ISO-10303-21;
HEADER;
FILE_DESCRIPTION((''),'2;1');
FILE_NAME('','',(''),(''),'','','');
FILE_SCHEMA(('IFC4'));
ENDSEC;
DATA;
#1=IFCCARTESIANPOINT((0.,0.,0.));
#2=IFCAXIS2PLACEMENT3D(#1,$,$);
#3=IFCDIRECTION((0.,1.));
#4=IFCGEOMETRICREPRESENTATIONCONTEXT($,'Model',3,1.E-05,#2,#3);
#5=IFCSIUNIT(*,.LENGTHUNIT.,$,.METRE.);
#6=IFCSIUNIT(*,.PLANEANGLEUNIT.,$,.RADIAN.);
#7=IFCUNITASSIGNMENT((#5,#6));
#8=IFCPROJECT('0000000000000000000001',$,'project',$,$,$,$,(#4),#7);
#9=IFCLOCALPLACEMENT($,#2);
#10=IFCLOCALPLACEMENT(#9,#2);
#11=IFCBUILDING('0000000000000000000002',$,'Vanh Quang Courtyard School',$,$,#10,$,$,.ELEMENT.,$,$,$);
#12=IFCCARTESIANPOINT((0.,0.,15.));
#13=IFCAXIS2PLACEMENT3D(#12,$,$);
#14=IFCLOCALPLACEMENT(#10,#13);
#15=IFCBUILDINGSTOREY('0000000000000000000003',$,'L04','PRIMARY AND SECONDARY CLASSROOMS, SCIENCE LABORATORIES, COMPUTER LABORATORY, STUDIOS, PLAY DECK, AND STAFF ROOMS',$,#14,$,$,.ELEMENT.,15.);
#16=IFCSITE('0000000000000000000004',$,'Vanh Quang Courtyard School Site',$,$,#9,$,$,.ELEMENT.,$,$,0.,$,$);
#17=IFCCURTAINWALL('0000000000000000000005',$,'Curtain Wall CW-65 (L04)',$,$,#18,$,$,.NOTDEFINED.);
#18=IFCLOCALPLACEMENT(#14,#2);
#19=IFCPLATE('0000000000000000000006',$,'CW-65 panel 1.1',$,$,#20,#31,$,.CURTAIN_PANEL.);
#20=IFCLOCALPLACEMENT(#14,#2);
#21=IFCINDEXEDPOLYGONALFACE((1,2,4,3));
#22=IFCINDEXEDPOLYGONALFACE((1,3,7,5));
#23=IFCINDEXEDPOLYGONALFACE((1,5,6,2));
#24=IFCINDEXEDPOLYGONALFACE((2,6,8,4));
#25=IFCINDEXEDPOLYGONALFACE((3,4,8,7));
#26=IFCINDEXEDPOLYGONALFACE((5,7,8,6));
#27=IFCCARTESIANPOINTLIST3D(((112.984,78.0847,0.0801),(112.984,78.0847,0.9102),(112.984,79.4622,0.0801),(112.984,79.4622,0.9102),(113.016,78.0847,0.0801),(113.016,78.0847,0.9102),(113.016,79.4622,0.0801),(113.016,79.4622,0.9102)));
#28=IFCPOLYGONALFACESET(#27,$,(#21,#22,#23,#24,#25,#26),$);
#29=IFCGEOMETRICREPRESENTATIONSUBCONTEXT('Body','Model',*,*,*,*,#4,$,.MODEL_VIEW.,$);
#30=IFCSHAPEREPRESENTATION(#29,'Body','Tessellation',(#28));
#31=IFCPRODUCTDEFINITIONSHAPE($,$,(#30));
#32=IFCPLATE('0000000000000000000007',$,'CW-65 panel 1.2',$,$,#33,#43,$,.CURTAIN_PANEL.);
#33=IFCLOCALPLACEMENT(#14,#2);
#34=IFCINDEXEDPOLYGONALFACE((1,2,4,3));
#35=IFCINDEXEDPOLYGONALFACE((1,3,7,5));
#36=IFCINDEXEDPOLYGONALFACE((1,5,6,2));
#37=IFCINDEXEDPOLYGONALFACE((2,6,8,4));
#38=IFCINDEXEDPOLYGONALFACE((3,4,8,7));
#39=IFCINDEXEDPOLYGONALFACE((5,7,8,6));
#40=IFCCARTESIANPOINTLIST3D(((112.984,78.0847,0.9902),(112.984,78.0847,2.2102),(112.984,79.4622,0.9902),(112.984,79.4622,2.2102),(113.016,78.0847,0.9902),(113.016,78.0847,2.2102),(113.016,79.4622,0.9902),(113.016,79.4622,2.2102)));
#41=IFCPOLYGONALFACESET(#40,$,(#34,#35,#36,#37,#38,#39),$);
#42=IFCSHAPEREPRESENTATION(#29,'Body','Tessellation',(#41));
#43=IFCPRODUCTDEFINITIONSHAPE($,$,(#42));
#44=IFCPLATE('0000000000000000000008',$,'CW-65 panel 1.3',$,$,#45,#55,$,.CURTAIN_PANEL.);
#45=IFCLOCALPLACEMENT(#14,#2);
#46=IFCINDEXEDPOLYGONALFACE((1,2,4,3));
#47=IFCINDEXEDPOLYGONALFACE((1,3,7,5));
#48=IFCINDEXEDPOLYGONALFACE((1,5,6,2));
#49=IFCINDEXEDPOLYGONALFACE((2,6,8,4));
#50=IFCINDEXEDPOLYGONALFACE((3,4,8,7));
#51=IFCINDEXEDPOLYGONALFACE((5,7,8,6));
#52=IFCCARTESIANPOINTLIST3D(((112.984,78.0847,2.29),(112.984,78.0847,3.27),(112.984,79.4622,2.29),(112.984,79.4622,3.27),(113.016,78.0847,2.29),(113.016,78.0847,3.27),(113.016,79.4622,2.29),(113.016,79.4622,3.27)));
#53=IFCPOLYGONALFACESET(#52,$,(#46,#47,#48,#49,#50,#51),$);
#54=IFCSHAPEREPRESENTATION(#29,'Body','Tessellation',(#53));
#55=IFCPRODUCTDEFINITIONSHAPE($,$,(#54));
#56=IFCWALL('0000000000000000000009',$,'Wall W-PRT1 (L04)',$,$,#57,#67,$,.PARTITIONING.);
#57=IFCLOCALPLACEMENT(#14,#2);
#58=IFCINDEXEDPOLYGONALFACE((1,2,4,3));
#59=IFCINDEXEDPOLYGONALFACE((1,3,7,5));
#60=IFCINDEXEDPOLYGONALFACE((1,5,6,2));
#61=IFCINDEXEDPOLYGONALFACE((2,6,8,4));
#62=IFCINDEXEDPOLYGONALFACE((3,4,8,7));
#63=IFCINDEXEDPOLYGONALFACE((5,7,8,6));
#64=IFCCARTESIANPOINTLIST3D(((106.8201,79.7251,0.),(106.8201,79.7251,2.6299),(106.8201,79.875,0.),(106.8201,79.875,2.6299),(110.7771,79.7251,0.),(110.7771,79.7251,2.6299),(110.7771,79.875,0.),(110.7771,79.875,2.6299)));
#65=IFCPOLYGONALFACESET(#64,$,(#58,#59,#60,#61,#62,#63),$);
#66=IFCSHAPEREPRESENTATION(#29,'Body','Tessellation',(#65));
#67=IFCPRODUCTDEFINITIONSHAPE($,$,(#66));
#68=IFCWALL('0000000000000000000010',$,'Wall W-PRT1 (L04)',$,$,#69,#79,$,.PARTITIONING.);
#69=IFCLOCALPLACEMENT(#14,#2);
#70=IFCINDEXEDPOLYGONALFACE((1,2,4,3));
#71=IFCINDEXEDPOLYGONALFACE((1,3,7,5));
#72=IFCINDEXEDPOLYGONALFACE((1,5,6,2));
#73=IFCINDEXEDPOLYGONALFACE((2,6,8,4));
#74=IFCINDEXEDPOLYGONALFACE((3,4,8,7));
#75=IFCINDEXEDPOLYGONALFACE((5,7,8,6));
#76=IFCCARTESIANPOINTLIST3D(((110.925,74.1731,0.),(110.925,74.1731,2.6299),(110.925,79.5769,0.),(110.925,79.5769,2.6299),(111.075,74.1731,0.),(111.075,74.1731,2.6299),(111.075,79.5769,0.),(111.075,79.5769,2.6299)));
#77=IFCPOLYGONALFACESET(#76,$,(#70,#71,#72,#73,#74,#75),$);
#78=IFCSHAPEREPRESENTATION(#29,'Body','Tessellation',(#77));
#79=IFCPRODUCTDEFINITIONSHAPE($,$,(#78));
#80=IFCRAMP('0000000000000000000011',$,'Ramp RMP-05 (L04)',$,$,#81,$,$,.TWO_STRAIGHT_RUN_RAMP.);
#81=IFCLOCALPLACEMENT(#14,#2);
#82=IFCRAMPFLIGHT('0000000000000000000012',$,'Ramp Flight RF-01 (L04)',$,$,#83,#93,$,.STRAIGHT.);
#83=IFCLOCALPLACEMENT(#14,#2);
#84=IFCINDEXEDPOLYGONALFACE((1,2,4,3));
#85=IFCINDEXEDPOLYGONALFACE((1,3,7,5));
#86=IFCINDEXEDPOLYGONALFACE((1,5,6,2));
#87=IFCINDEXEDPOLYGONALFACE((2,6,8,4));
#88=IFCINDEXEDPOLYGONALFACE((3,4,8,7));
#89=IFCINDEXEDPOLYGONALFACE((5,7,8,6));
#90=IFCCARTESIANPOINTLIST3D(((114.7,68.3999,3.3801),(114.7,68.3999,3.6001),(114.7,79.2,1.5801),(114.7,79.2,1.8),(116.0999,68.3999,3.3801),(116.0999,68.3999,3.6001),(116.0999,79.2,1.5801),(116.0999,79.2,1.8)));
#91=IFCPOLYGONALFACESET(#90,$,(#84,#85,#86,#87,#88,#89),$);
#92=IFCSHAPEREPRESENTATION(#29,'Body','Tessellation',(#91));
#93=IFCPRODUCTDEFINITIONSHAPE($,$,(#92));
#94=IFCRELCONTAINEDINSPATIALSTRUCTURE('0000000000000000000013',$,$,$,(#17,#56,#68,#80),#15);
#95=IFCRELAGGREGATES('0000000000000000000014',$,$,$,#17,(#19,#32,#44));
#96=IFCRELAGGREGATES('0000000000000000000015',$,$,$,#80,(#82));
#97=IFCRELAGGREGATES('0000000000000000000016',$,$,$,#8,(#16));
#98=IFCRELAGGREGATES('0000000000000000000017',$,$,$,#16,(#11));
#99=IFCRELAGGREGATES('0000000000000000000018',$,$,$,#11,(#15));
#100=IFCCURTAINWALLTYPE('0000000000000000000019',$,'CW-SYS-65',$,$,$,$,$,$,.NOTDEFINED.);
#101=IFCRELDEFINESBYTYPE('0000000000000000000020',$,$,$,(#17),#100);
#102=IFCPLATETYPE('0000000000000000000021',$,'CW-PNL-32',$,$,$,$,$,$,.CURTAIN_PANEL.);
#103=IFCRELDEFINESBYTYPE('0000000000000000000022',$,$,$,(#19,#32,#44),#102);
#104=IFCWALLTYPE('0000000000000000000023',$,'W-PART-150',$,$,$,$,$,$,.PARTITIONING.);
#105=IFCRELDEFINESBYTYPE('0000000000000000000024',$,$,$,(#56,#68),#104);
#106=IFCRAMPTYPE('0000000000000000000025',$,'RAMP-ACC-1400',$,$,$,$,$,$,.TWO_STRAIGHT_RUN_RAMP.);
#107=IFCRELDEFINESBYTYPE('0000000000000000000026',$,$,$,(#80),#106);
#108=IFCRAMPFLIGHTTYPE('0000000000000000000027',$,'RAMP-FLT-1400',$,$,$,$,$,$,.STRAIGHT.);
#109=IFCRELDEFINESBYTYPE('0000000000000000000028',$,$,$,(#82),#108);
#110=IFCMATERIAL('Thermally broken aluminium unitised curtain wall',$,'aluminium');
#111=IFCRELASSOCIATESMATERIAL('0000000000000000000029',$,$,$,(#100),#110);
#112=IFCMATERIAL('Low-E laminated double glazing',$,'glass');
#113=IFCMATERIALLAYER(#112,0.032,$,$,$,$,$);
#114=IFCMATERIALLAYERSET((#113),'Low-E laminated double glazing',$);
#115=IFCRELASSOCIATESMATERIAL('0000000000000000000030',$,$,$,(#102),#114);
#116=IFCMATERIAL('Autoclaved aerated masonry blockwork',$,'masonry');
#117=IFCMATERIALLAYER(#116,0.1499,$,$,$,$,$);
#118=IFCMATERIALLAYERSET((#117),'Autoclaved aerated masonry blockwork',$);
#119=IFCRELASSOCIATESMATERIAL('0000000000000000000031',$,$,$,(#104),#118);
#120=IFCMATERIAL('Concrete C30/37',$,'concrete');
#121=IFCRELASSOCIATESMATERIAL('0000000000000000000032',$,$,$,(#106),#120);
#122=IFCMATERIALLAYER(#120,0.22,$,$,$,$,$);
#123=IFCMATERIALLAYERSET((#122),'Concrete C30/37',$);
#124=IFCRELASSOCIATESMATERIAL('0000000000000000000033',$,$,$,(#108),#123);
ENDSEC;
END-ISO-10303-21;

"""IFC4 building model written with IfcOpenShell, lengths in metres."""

from ifc_helpers import new_model, si_unit, direction, frame, frame_2d, origin, origin_2d, place, context, subcontext, project, spatial, polyline, rectangle, outline, extrude, material, layer, layer_set, type_object, element, aggregate, save


model = new_model("IFC4")

# Units and contexts
model_context = context("Model", 3, precision=1e-05, world=origin(), true_north=direction((0.0, 1.0)))
body_context = subcontext(model_context, "Body", "Model", "MODEL_VIEW")
ifc_project = project(units=[si_unit("LENGTHUNIT", "METRE"), si_unit("PLANEANGLEUNIT", "RADIAN")], contexts=[model_context])

# Site, building, storey
site_placement = place(None, origin())
site = spatial("IfcSite", under=ifc_project, at=site_placement, Name="Vanh Quang Courtyard School Site", CompositionType="ELEMENT", RefElevation=0.0)
building_placement = place(site_placement, origin())
building = spatial("IfcBuilding", under=site, at=building_placement, Name="Vanh Quang Courtyard School", CompositionType="ELEMENT")
storey_placement = place(building_placement, frame((0.0, 0.0, 15.0)))
storey = spatial("IfcBuildingStorey", under=building, at=storey_placement, Name="L04", Description="PRIMARY AND SECONDARY CLASSROOMS, SCIENCE LABORATORIES, COMPUTER LABORATORY, STUDIOS, PLAY DECK, AND STAFF ROOMS", CompositionType="ELEMENT", Elevation=15.0)

# Curtain wall, plates
ifc_material_1 = material(Name="Thermally broken aluminium unitised curtain wall", Category="aluminium")
curtain_wall_type = type_object("IfcCurtainWallType", Name="CW-SYS-65", PredefinedType="NOTDEFINED", material=ifc_material_1)
curtain_wall_placement = place(storey_placement, origin())
curtain_wall = element("IfcCurtainWall", 1, at=curtain_wall_placement, inside=storey, type_object=curtain_wall_type, Name="Curtain Wall CW-65 (L04)", PredefinedType="NOTDEFINED")
ifc_material_2 = material(Name="Low-E laminated double glazing", Category="glass")
ifc_layer_1 = layer(ifc_material_2, 0.032)
ifc_layer_set_1 = layer_set([ifc_layer_1], Name="Low-E laminated double glazing")
plate_type = type_object("IfcPlateType", Name="CW-PNL-32", PredefinedType="CURTAIN_PANEL", material=ifc_layer_set_1)
plate_1_placement = place(storey_placement, frame((113.0, 78.7734, 0.0801), z_axis=(0.0, 0.0, 1.0), x_axis=(0.0, -1.0, 0.0)))
plate_1 = element("IfcPlate", 2, at=plate_1_placement, type_object=plate_type, Name="CW-65 panel 1.1", PredefinedType="CURTAIN_PANEL", context=body_context, shape_type="SweptSolid", body=[
    extrude(rectangle(XDim=1.3774, YDim=0.032, at=origin_2d()), origin(), (0.0, 0.0, 1.0), 0.8301),
])
plate_2_placement = place(storey_placement, frame((113.0, 78.7734, 0.9902), z_axis=(0.0, 0.0, 1.0), x_axis=(0.0, -1.0, 0.0)))
plate_2 = element("IfcPlate", 3, at=plate_2_placement, type_object=plate_type, Name="CW-65 panel 1.2", PredefinedType="CURTAIN_PANEL", context=body_context, shape_type="SweptSolid", body=[
    extrude(rectangle(XDim=1.3774, YDim=0.032, at=origin_2d()), origin(), (0.0, 0.0, 1.0), 1.22),
])
plate_3_placement = place(storey_placement, frame((113.0, 78.7734, 2.29), z_axis=(0.0, 0.0, 1.0), x_axis=(0.0, -1.0, 0.0)))
plate_3 = element("IfcPlate", 4, at=plate_3_placement, type_object=plate_type, Name="CW-65 panel 1.3", PredefinedType="CURTAIN_PANEL", context=body_context, shape_type="SweptSolid", body=[
    extrude(rectangle(XDim=1.3774, YDim=0.032, at=origin_2d()), origin(), (0.0, 0.0, 1.0), 0.98),
])
aggregate(curtain_wall, [plate_1, plate_2, plate_3])

# Walls
ifc_material_3 = material(Name="Autoclaved aerated masonry blockwork", Category="masonry")
ifc_layer_2 = layer(ifc_material_3, 0.1499)
ifc_layer_set_2 = layer_set([ifc_layer_2], Name="Autoclaved aerated masonry blockwork")
wall_type = type_object("IfcWallType", Name="W-PART-150", PredefinedType="PARTITIONING", material=ifc_layer_set_2)
wall_1_placement = place(storey_placement, frame((110.7771, 79.8, 0.0), z_axis=(0.0, 0.0, 1.0), x_axis=(-1.0, 0.0, 0.0)))
element("IfcWall", 5, at=wall_1_placement, inside=storey, type_object=wall_type, Name="Wall W-PRT1 (L04)", PredefinedType="PARTITIONING", context=body_context, shape_type="SweptSolid", body=[
    extrude(rectangle(XDim=3.957, YDim=0.1499, at=frame_2d((1.9785, 0.0))), origin(), (0.0, 0.0, 1.0), 2.6299),
])
wall_2_placement = place(storey_placement, frame((111.0, 79.5769, 0.0), z_axis=(0.0, 0.0, 1.0), x_axis=(0.0, -1.0, 0.0)))
element("IfcWall", 6, at=wall_2_placement, inside=storey, type_object=wall_type, Name="Wall W-PRT1 (L04)", PredefinedType="PARTITIONING", context=body_context, shape_type="SweptSolid", body=[
    extrude(rectangle(XDim=5.4038, YDim=0.1499, at=frame_2d((2.7019, 0.0))), origin(), (0.0, 0.0, 1.0), 2.6299),
])

# Ramp, ramp flight
ifc_material_4 = material(Name="Concrete C30/37", Category="concrete")
ramp_type = type_object("IfcRampType", Name="RAMP-ACC-1400", PredefinedType="TWO_STRAIGHT_RUN_RAMP", material=ifc_material_4)
ramp_placement = place(storey_placement, origin())
ramp = element("IfcRamp", 7, at=ramp_placement, inside=storey, type_object=ramp_type, Name="Ramp RMP-05 (L04)", PredefinedType="TWO_STRAIGHT_RUN_RAMP")
ifc_layer_3 = layer(ifc_material_4, 0.22)
ifc_layer_set_3 = layer_set([ifc_layer_3], Name="Concrete C30/37")
ramp_flight_type = type_object("IfcRampFlightType", Name="RAMP-FLT-1400", PredefinedType="STRAIGHT", material=ifc_layer_set_3)
ramp_flight_placement = place(storey_placement, frame((115.3999, 79.2, 1.8), z_axis=(0.0, 0.0, 1.0), x_axis=(0.0, -1.0, 0.0)))
ramp_flight = element("IfcRampFlight", 8, at=ramp_flight_placement, type_object=ramp_flight_type, Name="Ramp Flight RF-01 (L04)", PredefinedType="STRAIGHT", context=body_context, shape_type="SweptSolid", body=[
    extrude(outline(polyline([(0.0, 0.0), (10.8, 1.8), (10.8, 1.5801), (0.0, -0.22), (0.0, 0.0)])), frame((0.0, 0.7, 0.0), z_axis=(0.0, -1.0, 0.0), x_axis=(1.0, 0.0, 0.0)), (0.0, 0.0, 1.0), 1.3999),
])
aggregate(ramp, [ramp_flight])

save(model, "model.ifc")
